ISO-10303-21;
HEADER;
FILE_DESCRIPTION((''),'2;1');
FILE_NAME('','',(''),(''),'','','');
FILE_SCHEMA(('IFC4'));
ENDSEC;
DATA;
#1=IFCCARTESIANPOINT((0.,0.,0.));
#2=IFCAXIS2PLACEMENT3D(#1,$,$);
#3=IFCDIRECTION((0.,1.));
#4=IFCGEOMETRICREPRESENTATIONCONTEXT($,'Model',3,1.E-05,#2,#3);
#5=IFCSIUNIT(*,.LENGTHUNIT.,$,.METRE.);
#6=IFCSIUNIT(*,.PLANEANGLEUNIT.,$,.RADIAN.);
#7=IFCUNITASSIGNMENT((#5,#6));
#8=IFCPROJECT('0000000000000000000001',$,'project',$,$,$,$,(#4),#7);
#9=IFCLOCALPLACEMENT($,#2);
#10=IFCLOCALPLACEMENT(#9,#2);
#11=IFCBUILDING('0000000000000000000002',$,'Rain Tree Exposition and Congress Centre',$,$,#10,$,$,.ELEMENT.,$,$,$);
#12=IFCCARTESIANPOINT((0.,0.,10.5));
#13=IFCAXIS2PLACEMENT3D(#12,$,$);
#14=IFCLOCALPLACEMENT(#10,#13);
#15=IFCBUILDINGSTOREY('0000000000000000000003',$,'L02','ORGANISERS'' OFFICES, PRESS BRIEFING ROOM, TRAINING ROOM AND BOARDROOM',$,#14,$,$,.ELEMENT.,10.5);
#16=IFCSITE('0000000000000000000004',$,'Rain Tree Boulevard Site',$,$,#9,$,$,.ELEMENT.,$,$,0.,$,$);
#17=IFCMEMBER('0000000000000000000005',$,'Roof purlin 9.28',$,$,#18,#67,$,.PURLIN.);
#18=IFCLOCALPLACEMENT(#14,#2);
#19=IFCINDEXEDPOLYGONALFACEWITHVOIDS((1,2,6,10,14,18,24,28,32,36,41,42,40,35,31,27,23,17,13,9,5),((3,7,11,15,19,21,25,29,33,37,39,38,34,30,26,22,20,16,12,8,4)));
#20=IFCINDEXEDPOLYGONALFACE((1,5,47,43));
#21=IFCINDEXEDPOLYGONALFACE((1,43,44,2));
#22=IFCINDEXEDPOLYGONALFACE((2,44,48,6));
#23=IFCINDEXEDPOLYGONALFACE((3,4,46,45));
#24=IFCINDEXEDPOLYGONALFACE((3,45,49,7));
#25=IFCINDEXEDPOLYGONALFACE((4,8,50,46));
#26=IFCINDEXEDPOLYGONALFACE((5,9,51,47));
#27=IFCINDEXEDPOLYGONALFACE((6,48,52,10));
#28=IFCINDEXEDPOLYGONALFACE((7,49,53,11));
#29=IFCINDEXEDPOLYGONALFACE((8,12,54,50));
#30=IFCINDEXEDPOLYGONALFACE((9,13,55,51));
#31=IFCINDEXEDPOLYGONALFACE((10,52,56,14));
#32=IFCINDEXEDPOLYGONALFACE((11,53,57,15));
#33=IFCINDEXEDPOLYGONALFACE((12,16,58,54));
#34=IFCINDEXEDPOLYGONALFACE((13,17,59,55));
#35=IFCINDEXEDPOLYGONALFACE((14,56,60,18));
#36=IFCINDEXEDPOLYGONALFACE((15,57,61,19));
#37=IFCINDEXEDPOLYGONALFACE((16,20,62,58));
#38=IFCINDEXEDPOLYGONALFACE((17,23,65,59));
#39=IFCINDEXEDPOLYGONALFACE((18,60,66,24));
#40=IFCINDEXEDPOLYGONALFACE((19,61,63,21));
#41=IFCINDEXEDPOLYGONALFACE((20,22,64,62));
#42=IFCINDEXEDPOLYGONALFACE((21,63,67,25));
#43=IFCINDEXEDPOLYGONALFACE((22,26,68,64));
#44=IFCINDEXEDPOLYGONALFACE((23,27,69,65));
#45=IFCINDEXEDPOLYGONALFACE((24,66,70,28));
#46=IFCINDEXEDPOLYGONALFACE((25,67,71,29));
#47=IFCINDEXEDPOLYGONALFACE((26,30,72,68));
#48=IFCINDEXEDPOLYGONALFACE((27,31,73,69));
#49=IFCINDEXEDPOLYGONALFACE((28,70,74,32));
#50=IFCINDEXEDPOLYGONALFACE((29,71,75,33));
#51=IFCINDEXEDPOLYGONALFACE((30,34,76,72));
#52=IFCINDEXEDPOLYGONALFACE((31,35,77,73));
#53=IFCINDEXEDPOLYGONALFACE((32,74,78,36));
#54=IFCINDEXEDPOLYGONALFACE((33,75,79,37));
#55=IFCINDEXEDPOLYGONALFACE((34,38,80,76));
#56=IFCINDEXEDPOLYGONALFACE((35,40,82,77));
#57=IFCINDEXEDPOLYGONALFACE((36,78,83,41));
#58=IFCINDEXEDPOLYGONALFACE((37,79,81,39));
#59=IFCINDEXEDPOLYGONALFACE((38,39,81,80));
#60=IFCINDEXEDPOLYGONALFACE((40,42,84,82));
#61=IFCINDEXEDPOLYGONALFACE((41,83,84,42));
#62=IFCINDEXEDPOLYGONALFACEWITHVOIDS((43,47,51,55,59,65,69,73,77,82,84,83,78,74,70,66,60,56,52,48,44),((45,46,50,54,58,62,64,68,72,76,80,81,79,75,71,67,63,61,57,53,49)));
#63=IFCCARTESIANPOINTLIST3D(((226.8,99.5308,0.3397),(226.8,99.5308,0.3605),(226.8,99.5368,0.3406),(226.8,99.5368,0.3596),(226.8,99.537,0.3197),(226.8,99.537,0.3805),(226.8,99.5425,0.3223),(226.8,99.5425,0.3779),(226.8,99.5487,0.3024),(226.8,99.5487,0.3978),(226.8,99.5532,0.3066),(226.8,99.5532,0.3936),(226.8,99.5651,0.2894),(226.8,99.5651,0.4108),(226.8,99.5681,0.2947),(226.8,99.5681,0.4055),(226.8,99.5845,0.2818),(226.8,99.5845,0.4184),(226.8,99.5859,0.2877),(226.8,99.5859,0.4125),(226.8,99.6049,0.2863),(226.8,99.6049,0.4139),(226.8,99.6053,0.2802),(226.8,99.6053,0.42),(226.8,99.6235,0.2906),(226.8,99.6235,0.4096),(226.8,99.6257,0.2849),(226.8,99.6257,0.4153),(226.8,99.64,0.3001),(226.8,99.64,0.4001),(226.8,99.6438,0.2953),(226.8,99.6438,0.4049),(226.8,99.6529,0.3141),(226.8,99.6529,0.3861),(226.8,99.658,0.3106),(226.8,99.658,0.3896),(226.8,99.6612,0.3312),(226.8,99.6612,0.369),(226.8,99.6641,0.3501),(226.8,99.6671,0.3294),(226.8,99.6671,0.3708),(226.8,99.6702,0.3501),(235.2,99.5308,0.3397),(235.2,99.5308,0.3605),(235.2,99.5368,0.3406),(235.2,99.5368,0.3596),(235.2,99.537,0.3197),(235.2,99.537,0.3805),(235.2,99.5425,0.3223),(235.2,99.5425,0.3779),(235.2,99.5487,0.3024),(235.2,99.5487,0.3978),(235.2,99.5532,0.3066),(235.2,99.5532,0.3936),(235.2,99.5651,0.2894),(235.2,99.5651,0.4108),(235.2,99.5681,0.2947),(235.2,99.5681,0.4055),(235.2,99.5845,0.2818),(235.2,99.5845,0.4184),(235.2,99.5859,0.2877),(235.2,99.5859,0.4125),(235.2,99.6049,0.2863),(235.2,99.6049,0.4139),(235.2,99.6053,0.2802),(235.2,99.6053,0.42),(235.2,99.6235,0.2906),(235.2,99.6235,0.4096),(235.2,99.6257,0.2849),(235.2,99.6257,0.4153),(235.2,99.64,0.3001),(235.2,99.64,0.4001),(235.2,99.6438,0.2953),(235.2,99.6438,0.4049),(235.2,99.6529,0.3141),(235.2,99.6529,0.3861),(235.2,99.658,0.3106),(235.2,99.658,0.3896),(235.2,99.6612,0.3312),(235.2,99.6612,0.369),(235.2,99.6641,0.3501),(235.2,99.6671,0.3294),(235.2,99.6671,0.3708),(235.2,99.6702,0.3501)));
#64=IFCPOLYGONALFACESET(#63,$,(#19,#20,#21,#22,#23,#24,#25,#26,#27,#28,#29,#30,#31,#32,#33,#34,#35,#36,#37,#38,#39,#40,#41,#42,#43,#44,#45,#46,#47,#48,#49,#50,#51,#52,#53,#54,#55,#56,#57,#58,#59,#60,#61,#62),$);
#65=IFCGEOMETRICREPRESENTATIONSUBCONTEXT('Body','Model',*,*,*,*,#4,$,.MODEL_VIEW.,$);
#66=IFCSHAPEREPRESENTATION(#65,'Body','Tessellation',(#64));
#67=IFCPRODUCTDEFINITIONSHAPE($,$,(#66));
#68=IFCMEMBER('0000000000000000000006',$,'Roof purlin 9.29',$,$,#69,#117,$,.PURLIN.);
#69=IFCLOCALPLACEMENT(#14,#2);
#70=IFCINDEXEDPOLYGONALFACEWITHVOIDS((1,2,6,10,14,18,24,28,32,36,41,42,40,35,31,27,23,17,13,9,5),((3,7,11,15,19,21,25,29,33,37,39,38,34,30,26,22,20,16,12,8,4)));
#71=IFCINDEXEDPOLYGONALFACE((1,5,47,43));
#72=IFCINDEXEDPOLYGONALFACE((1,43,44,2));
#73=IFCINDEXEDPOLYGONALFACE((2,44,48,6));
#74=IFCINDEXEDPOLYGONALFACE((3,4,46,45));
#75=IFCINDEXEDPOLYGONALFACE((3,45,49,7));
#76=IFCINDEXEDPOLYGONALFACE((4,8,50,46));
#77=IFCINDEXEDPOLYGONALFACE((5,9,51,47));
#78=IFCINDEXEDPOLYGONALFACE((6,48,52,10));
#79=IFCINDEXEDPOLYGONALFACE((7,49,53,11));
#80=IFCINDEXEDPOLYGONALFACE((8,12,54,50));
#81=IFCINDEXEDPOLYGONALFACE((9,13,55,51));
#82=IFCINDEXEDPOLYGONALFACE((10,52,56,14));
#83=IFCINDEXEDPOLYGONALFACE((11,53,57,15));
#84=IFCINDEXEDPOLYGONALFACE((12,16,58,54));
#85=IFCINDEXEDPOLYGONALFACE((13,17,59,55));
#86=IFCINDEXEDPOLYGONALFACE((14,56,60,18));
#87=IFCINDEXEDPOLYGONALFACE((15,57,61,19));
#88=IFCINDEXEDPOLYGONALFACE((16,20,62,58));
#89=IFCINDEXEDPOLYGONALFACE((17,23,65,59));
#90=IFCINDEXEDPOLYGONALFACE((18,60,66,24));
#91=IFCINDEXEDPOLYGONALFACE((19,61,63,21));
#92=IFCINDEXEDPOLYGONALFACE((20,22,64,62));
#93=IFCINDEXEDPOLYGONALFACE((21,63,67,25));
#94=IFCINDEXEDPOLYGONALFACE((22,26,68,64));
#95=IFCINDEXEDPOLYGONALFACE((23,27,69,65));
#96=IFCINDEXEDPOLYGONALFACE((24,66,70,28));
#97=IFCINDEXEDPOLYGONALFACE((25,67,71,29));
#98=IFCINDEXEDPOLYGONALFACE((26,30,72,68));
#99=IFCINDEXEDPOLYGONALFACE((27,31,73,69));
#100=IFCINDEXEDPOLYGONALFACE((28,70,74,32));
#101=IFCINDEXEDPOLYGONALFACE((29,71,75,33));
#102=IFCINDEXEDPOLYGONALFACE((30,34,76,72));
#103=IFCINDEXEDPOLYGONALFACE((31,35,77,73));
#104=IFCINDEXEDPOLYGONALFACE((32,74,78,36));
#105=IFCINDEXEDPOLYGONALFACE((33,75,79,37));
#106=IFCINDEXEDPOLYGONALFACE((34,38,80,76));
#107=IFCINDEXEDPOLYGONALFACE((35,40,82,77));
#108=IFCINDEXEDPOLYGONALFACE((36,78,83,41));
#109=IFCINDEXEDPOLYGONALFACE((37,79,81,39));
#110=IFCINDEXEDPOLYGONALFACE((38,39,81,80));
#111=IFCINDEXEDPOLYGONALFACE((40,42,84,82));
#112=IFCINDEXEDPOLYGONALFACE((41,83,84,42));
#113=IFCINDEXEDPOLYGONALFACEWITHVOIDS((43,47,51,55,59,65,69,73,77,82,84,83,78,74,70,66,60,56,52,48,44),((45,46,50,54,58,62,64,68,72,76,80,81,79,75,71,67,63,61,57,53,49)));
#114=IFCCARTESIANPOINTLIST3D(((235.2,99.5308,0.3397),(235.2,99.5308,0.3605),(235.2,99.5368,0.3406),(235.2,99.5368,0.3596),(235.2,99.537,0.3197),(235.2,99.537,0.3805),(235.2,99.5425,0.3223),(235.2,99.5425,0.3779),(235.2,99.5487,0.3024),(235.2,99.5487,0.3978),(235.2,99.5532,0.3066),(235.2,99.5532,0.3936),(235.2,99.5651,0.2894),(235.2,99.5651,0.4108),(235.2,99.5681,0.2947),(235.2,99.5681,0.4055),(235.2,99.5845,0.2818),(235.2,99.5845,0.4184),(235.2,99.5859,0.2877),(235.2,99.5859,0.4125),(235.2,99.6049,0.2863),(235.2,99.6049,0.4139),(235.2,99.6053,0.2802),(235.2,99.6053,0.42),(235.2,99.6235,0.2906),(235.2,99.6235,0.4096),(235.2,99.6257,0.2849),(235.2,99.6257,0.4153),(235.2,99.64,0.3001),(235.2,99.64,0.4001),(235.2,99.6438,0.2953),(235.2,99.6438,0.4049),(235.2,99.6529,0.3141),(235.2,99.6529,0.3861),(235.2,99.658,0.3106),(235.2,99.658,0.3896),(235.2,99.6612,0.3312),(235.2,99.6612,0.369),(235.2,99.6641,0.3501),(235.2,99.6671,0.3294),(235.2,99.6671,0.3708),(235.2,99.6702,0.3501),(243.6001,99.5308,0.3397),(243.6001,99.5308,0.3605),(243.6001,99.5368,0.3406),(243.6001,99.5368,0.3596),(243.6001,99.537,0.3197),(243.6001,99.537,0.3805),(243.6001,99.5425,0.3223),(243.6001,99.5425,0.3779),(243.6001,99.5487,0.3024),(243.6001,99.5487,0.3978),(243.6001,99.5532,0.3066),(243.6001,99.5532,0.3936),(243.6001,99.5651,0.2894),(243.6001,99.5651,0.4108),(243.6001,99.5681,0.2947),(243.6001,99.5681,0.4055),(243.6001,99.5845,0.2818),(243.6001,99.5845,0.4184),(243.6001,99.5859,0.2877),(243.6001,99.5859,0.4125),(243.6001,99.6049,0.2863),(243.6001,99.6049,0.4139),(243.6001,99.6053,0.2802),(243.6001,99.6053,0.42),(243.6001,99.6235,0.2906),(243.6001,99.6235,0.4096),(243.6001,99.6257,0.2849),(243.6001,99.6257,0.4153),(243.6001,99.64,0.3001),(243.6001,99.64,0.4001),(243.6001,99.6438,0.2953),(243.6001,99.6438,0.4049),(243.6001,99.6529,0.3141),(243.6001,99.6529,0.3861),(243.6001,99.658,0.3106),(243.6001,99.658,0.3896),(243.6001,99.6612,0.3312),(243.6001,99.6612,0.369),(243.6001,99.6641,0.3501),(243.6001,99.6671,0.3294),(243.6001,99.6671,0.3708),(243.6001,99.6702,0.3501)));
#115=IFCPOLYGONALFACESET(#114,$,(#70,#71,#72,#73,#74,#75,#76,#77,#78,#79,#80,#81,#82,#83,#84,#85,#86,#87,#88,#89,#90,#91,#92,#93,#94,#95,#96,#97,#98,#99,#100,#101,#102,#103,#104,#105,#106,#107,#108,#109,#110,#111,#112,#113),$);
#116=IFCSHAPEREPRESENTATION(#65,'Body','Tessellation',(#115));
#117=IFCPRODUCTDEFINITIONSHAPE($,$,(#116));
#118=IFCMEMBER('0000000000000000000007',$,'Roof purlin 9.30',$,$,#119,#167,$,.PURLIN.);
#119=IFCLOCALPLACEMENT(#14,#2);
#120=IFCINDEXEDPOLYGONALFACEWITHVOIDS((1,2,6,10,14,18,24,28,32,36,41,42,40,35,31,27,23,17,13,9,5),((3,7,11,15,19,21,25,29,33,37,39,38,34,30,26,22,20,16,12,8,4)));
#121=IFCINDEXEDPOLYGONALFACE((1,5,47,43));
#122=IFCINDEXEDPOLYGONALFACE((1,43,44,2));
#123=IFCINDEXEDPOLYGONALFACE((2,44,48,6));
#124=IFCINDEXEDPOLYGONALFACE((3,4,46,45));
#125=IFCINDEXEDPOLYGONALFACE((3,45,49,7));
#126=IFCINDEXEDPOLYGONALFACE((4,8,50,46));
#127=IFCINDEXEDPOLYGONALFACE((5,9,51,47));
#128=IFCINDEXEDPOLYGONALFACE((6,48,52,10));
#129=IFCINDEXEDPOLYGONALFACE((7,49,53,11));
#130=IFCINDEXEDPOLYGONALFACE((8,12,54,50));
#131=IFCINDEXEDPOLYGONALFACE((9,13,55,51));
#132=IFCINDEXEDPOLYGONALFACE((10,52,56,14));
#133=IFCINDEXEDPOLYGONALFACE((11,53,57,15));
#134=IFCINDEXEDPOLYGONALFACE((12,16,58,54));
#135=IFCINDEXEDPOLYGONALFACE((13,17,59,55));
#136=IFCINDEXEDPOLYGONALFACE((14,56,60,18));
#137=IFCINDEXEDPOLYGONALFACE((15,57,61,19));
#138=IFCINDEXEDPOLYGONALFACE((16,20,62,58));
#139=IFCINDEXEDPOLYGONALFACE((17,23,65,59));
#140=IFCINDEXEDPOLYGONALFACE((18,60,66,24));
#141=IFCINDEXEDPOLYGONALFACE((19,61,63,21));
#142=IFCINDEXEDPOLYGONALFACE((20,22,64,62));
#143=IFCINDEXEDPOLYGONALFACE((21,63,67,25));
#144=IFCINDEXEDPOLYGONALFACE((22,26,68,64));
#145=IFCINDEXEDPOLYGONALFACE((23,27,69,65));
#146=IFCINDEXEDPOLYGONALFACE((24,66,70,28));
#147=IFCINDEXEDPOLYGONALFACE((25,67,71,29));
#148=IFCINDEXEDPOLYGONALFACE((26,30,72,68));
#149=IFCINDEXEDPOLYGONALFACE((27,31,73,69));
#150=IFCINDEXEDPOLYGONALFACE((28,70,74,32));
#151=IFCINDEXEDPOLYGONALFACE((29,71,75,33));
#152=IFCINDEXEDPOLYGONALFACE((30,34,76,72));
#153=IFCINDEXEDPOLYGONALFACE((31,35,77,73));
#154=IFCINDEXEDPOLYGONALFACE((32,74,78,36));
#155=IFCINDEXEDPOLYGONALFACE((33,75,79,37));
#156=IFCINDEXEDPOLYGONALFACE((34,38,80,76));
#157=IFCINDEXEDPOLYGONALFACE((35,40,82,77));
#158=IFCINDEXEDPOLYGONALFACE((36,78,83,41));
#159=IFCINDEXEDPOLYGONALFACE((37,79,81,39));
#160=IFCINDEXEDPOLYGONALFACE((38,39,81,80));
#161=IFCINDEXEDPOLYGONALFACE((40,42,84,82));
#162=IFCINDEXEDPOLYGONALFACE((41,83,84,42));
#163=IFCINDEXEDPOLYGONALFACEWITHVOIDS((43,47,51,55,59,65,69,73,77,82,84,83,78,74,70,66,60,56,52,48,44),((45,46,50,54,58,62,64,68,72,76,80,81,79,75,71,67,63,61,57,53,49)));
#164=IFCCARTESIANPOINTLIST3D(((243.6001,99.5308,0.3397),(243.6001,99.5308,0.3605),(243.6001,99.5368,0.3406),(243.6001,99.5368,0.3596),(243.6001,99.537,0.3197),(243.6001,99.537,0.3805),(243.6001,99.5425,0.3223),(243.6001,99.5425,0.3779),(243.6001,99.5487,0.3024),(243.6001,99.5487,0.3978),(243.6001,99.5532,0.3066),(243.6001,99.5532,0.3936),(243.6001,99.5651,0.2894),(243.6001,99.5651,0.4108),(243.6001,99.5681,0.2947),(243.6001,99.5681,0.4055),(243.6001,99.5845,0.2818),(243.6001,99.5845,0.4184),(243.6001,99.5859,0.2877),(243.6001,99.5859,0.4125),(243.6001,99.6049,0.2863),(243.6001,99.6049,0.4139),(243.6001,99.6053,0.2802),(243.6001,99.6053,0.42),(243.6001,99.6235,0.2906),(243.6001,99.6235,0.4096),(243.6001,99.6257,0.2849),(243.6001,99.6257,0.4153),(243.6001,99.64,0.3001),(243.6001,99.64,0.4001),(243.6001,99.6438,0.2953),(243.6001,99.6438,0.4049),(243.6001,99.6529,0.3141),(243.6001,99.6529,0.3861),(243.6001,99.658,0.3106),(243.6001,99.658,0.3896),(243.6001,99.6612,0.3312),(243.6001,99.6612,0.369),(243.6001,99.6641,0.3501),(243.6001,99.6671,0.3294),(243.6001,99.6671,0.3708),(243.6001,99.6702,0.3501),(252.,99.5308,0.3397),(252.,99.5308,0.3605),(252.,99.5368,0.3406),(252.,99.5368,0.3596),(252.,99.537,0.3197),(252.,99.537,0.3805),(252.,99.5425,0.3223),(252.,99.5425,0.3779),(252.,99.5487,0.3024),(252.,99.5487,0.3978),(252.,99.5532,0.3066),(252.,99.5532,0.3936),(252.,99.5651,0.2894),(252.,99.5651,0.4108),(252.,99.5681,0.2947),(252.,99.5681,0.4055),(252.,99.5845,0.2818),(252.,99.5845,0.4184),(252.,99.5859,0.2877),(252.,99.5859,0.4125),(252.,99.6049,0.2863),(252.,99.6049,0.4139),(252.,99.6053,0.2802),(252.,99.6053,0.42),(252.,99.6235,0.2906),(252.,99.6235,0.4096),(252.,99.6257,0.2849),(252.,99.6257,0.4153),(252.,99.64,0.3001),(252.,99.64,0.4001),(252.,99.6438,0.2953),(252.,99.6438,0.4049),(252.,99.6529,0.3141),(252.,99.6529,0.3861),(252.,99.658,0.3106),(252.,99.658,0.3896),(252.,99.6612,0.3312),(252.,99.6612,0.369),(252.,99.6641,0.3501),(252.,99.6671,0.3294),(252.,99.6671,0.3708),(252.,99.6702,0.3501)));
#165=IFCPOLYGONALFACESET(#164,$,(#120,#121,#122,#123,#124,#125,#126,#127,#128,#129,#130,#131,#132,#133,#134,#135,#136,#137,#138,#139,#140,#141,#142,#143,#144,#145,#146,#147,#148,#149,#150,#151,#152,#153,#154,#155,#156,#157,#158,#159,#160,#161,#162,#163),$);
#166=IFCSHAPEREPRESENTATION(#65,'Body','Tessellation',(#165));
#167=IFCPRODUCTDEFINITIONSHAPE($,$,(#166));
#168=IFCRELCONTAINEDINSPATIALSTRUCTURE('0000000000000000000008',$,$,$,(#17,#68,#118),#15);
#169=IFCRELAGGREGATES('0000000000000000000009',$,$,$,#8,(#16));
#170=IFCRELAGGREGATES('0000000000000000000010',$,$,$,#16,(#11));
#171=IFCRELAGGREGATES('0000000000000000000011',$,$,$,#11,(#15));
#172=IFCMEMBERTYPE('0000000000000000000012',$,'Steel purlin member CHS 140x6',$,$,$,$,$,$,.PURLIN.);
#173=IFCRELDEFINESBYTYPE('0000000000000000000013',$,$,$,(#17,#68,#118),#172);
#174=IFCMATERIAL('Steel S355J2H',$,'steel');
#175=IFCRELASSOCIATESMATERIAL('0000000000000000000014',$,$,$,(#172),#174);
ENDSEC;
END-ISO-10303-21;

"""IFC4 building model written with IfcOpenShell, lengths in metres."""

from ifc_helpers import new_model, si_unit, direction, frame, origin, origin_2d, place, context, subcontext, project, spatial, hollow_circle, extrude, material, material_profile, profile_set, type_object, element, save


model = new_model("IFC4")

# Units and contexts
model_context = context("Model", 3, precision=1e-05, world=origin(), true_north=direction((0.0, 1.0)))
body_context = subcontext(model_context, "Body", "Model", "MODEL_VIEW")
ifc_project = project(units=[si_unit("LENGTHUNIT", "METRE"), si_unit("PLANEANGLEUNIT", "RADIAN")], contexts=[model_context])

# Site, building, storey
site_placement = place(None, origin())
site = spatial("IfcSite", under=ifc_project, at=site_placement, Name="Rain Tree Boulevard Site", CompositionType="ELEMENT", RefElevation=0.0)
building_placement = place(site_placement, origin())
building = spatial("IfcBuilding", under=site, at=building_placement, Name="Rain Tree Exposition and Congress Centre", CompositionType="ELEMENT")
storey_placement = place(building_placement, frame((0.0, 0.0, 10.5)))
storey = spatial("IfcBuildingStorey", under=building, at=storey_placement, Name="L02", Description="ORGANISERS' OFFICES, PRESS BRIEFING ROOM, TRAINING ROOM AND BOARDROOM", CompositionType="ELEMENT", Elevation=10.5)

# Members
ifc_material_1 = material(Name="Steel S355J2H", Category="steel")
ifc_material_profile_1 = material_profile(ifc_material_1, hollow_circle(Radius=0.0701, WallThickness=0.0061, at=origin_2d()), Name="CHS 140x6")
ifc_profile_set_1 = profile_set([ifc_material_profile_1], Name="Steel S355J2H")
member_type_1 = type_object("IfcMemberType", Name="Steel purlin member CHS 140x6", PredefinedType="PURLIN", material=ifc_profile_set_1)
member_1_placement = place(storey_placement, frame((226.8, 99.6001, 0.3501), z_axis=(1.0, 0.0, 0.0), x_axis=(0.0, 1.0, 0.0)))
element("IfcMember", 1, at=member_1_placement, inside=storey, type_object=member_type_1, Name="Roof purlin 9.28", PredefinedType="PURLIN", context=body_context, shape_type="SweptSolid", body=[
    extrude(hollow_circle(Radius=0.0701, WallThickness=0.0061, at=origin_2d()), origin(), (0.0, 0.0, 1.0), 8.3999),
])
member_2_placement = place(storey_placement, frame((235.2, 99.6001, 0.3501), z_axis=(1.0, 0.0, 0.0), x_axis=(0.0, 1.0, 0.0)))
element("IfcMember", 2, at=member_2_placement, inside=storey, type_object=member_type_1, Name="Roof purlin 9.29", PredefinedType="PURLIN", context=body_context, shape_type="SweptSolid", body=[
    extrude(hollow_circle(Radius=0.0701, WallThickness=0.0061, at=origin_2d()), origin(), (0.0, 0.0, 1.0), 8.4001),
])
for number, where, z_axis, x_axis, name in (
    (3, (243.6001, 99.6001, 0.3501), (1.0, 0.0, 0.0), (0.0, 1.0, 0.0), "Roof purlin 9.30"),
):
    element("IfcMember", number, at=place(storey_placement, frame(where, z_axis=z_axis, x_axis=x_axis)), inside=storey, type_object=member_type_1, Name=name, PredefinedType="PURLIN", context=body_context, shape_type="SweptSolid", body=[
        extrude(hollow_circle(Radius=0.0701, WallThickness=0.0061, at=origin_2d()), origin(), (0.0, 0.0, 1.0), 8.3999),
    ])

save(model, "model.ifc")
